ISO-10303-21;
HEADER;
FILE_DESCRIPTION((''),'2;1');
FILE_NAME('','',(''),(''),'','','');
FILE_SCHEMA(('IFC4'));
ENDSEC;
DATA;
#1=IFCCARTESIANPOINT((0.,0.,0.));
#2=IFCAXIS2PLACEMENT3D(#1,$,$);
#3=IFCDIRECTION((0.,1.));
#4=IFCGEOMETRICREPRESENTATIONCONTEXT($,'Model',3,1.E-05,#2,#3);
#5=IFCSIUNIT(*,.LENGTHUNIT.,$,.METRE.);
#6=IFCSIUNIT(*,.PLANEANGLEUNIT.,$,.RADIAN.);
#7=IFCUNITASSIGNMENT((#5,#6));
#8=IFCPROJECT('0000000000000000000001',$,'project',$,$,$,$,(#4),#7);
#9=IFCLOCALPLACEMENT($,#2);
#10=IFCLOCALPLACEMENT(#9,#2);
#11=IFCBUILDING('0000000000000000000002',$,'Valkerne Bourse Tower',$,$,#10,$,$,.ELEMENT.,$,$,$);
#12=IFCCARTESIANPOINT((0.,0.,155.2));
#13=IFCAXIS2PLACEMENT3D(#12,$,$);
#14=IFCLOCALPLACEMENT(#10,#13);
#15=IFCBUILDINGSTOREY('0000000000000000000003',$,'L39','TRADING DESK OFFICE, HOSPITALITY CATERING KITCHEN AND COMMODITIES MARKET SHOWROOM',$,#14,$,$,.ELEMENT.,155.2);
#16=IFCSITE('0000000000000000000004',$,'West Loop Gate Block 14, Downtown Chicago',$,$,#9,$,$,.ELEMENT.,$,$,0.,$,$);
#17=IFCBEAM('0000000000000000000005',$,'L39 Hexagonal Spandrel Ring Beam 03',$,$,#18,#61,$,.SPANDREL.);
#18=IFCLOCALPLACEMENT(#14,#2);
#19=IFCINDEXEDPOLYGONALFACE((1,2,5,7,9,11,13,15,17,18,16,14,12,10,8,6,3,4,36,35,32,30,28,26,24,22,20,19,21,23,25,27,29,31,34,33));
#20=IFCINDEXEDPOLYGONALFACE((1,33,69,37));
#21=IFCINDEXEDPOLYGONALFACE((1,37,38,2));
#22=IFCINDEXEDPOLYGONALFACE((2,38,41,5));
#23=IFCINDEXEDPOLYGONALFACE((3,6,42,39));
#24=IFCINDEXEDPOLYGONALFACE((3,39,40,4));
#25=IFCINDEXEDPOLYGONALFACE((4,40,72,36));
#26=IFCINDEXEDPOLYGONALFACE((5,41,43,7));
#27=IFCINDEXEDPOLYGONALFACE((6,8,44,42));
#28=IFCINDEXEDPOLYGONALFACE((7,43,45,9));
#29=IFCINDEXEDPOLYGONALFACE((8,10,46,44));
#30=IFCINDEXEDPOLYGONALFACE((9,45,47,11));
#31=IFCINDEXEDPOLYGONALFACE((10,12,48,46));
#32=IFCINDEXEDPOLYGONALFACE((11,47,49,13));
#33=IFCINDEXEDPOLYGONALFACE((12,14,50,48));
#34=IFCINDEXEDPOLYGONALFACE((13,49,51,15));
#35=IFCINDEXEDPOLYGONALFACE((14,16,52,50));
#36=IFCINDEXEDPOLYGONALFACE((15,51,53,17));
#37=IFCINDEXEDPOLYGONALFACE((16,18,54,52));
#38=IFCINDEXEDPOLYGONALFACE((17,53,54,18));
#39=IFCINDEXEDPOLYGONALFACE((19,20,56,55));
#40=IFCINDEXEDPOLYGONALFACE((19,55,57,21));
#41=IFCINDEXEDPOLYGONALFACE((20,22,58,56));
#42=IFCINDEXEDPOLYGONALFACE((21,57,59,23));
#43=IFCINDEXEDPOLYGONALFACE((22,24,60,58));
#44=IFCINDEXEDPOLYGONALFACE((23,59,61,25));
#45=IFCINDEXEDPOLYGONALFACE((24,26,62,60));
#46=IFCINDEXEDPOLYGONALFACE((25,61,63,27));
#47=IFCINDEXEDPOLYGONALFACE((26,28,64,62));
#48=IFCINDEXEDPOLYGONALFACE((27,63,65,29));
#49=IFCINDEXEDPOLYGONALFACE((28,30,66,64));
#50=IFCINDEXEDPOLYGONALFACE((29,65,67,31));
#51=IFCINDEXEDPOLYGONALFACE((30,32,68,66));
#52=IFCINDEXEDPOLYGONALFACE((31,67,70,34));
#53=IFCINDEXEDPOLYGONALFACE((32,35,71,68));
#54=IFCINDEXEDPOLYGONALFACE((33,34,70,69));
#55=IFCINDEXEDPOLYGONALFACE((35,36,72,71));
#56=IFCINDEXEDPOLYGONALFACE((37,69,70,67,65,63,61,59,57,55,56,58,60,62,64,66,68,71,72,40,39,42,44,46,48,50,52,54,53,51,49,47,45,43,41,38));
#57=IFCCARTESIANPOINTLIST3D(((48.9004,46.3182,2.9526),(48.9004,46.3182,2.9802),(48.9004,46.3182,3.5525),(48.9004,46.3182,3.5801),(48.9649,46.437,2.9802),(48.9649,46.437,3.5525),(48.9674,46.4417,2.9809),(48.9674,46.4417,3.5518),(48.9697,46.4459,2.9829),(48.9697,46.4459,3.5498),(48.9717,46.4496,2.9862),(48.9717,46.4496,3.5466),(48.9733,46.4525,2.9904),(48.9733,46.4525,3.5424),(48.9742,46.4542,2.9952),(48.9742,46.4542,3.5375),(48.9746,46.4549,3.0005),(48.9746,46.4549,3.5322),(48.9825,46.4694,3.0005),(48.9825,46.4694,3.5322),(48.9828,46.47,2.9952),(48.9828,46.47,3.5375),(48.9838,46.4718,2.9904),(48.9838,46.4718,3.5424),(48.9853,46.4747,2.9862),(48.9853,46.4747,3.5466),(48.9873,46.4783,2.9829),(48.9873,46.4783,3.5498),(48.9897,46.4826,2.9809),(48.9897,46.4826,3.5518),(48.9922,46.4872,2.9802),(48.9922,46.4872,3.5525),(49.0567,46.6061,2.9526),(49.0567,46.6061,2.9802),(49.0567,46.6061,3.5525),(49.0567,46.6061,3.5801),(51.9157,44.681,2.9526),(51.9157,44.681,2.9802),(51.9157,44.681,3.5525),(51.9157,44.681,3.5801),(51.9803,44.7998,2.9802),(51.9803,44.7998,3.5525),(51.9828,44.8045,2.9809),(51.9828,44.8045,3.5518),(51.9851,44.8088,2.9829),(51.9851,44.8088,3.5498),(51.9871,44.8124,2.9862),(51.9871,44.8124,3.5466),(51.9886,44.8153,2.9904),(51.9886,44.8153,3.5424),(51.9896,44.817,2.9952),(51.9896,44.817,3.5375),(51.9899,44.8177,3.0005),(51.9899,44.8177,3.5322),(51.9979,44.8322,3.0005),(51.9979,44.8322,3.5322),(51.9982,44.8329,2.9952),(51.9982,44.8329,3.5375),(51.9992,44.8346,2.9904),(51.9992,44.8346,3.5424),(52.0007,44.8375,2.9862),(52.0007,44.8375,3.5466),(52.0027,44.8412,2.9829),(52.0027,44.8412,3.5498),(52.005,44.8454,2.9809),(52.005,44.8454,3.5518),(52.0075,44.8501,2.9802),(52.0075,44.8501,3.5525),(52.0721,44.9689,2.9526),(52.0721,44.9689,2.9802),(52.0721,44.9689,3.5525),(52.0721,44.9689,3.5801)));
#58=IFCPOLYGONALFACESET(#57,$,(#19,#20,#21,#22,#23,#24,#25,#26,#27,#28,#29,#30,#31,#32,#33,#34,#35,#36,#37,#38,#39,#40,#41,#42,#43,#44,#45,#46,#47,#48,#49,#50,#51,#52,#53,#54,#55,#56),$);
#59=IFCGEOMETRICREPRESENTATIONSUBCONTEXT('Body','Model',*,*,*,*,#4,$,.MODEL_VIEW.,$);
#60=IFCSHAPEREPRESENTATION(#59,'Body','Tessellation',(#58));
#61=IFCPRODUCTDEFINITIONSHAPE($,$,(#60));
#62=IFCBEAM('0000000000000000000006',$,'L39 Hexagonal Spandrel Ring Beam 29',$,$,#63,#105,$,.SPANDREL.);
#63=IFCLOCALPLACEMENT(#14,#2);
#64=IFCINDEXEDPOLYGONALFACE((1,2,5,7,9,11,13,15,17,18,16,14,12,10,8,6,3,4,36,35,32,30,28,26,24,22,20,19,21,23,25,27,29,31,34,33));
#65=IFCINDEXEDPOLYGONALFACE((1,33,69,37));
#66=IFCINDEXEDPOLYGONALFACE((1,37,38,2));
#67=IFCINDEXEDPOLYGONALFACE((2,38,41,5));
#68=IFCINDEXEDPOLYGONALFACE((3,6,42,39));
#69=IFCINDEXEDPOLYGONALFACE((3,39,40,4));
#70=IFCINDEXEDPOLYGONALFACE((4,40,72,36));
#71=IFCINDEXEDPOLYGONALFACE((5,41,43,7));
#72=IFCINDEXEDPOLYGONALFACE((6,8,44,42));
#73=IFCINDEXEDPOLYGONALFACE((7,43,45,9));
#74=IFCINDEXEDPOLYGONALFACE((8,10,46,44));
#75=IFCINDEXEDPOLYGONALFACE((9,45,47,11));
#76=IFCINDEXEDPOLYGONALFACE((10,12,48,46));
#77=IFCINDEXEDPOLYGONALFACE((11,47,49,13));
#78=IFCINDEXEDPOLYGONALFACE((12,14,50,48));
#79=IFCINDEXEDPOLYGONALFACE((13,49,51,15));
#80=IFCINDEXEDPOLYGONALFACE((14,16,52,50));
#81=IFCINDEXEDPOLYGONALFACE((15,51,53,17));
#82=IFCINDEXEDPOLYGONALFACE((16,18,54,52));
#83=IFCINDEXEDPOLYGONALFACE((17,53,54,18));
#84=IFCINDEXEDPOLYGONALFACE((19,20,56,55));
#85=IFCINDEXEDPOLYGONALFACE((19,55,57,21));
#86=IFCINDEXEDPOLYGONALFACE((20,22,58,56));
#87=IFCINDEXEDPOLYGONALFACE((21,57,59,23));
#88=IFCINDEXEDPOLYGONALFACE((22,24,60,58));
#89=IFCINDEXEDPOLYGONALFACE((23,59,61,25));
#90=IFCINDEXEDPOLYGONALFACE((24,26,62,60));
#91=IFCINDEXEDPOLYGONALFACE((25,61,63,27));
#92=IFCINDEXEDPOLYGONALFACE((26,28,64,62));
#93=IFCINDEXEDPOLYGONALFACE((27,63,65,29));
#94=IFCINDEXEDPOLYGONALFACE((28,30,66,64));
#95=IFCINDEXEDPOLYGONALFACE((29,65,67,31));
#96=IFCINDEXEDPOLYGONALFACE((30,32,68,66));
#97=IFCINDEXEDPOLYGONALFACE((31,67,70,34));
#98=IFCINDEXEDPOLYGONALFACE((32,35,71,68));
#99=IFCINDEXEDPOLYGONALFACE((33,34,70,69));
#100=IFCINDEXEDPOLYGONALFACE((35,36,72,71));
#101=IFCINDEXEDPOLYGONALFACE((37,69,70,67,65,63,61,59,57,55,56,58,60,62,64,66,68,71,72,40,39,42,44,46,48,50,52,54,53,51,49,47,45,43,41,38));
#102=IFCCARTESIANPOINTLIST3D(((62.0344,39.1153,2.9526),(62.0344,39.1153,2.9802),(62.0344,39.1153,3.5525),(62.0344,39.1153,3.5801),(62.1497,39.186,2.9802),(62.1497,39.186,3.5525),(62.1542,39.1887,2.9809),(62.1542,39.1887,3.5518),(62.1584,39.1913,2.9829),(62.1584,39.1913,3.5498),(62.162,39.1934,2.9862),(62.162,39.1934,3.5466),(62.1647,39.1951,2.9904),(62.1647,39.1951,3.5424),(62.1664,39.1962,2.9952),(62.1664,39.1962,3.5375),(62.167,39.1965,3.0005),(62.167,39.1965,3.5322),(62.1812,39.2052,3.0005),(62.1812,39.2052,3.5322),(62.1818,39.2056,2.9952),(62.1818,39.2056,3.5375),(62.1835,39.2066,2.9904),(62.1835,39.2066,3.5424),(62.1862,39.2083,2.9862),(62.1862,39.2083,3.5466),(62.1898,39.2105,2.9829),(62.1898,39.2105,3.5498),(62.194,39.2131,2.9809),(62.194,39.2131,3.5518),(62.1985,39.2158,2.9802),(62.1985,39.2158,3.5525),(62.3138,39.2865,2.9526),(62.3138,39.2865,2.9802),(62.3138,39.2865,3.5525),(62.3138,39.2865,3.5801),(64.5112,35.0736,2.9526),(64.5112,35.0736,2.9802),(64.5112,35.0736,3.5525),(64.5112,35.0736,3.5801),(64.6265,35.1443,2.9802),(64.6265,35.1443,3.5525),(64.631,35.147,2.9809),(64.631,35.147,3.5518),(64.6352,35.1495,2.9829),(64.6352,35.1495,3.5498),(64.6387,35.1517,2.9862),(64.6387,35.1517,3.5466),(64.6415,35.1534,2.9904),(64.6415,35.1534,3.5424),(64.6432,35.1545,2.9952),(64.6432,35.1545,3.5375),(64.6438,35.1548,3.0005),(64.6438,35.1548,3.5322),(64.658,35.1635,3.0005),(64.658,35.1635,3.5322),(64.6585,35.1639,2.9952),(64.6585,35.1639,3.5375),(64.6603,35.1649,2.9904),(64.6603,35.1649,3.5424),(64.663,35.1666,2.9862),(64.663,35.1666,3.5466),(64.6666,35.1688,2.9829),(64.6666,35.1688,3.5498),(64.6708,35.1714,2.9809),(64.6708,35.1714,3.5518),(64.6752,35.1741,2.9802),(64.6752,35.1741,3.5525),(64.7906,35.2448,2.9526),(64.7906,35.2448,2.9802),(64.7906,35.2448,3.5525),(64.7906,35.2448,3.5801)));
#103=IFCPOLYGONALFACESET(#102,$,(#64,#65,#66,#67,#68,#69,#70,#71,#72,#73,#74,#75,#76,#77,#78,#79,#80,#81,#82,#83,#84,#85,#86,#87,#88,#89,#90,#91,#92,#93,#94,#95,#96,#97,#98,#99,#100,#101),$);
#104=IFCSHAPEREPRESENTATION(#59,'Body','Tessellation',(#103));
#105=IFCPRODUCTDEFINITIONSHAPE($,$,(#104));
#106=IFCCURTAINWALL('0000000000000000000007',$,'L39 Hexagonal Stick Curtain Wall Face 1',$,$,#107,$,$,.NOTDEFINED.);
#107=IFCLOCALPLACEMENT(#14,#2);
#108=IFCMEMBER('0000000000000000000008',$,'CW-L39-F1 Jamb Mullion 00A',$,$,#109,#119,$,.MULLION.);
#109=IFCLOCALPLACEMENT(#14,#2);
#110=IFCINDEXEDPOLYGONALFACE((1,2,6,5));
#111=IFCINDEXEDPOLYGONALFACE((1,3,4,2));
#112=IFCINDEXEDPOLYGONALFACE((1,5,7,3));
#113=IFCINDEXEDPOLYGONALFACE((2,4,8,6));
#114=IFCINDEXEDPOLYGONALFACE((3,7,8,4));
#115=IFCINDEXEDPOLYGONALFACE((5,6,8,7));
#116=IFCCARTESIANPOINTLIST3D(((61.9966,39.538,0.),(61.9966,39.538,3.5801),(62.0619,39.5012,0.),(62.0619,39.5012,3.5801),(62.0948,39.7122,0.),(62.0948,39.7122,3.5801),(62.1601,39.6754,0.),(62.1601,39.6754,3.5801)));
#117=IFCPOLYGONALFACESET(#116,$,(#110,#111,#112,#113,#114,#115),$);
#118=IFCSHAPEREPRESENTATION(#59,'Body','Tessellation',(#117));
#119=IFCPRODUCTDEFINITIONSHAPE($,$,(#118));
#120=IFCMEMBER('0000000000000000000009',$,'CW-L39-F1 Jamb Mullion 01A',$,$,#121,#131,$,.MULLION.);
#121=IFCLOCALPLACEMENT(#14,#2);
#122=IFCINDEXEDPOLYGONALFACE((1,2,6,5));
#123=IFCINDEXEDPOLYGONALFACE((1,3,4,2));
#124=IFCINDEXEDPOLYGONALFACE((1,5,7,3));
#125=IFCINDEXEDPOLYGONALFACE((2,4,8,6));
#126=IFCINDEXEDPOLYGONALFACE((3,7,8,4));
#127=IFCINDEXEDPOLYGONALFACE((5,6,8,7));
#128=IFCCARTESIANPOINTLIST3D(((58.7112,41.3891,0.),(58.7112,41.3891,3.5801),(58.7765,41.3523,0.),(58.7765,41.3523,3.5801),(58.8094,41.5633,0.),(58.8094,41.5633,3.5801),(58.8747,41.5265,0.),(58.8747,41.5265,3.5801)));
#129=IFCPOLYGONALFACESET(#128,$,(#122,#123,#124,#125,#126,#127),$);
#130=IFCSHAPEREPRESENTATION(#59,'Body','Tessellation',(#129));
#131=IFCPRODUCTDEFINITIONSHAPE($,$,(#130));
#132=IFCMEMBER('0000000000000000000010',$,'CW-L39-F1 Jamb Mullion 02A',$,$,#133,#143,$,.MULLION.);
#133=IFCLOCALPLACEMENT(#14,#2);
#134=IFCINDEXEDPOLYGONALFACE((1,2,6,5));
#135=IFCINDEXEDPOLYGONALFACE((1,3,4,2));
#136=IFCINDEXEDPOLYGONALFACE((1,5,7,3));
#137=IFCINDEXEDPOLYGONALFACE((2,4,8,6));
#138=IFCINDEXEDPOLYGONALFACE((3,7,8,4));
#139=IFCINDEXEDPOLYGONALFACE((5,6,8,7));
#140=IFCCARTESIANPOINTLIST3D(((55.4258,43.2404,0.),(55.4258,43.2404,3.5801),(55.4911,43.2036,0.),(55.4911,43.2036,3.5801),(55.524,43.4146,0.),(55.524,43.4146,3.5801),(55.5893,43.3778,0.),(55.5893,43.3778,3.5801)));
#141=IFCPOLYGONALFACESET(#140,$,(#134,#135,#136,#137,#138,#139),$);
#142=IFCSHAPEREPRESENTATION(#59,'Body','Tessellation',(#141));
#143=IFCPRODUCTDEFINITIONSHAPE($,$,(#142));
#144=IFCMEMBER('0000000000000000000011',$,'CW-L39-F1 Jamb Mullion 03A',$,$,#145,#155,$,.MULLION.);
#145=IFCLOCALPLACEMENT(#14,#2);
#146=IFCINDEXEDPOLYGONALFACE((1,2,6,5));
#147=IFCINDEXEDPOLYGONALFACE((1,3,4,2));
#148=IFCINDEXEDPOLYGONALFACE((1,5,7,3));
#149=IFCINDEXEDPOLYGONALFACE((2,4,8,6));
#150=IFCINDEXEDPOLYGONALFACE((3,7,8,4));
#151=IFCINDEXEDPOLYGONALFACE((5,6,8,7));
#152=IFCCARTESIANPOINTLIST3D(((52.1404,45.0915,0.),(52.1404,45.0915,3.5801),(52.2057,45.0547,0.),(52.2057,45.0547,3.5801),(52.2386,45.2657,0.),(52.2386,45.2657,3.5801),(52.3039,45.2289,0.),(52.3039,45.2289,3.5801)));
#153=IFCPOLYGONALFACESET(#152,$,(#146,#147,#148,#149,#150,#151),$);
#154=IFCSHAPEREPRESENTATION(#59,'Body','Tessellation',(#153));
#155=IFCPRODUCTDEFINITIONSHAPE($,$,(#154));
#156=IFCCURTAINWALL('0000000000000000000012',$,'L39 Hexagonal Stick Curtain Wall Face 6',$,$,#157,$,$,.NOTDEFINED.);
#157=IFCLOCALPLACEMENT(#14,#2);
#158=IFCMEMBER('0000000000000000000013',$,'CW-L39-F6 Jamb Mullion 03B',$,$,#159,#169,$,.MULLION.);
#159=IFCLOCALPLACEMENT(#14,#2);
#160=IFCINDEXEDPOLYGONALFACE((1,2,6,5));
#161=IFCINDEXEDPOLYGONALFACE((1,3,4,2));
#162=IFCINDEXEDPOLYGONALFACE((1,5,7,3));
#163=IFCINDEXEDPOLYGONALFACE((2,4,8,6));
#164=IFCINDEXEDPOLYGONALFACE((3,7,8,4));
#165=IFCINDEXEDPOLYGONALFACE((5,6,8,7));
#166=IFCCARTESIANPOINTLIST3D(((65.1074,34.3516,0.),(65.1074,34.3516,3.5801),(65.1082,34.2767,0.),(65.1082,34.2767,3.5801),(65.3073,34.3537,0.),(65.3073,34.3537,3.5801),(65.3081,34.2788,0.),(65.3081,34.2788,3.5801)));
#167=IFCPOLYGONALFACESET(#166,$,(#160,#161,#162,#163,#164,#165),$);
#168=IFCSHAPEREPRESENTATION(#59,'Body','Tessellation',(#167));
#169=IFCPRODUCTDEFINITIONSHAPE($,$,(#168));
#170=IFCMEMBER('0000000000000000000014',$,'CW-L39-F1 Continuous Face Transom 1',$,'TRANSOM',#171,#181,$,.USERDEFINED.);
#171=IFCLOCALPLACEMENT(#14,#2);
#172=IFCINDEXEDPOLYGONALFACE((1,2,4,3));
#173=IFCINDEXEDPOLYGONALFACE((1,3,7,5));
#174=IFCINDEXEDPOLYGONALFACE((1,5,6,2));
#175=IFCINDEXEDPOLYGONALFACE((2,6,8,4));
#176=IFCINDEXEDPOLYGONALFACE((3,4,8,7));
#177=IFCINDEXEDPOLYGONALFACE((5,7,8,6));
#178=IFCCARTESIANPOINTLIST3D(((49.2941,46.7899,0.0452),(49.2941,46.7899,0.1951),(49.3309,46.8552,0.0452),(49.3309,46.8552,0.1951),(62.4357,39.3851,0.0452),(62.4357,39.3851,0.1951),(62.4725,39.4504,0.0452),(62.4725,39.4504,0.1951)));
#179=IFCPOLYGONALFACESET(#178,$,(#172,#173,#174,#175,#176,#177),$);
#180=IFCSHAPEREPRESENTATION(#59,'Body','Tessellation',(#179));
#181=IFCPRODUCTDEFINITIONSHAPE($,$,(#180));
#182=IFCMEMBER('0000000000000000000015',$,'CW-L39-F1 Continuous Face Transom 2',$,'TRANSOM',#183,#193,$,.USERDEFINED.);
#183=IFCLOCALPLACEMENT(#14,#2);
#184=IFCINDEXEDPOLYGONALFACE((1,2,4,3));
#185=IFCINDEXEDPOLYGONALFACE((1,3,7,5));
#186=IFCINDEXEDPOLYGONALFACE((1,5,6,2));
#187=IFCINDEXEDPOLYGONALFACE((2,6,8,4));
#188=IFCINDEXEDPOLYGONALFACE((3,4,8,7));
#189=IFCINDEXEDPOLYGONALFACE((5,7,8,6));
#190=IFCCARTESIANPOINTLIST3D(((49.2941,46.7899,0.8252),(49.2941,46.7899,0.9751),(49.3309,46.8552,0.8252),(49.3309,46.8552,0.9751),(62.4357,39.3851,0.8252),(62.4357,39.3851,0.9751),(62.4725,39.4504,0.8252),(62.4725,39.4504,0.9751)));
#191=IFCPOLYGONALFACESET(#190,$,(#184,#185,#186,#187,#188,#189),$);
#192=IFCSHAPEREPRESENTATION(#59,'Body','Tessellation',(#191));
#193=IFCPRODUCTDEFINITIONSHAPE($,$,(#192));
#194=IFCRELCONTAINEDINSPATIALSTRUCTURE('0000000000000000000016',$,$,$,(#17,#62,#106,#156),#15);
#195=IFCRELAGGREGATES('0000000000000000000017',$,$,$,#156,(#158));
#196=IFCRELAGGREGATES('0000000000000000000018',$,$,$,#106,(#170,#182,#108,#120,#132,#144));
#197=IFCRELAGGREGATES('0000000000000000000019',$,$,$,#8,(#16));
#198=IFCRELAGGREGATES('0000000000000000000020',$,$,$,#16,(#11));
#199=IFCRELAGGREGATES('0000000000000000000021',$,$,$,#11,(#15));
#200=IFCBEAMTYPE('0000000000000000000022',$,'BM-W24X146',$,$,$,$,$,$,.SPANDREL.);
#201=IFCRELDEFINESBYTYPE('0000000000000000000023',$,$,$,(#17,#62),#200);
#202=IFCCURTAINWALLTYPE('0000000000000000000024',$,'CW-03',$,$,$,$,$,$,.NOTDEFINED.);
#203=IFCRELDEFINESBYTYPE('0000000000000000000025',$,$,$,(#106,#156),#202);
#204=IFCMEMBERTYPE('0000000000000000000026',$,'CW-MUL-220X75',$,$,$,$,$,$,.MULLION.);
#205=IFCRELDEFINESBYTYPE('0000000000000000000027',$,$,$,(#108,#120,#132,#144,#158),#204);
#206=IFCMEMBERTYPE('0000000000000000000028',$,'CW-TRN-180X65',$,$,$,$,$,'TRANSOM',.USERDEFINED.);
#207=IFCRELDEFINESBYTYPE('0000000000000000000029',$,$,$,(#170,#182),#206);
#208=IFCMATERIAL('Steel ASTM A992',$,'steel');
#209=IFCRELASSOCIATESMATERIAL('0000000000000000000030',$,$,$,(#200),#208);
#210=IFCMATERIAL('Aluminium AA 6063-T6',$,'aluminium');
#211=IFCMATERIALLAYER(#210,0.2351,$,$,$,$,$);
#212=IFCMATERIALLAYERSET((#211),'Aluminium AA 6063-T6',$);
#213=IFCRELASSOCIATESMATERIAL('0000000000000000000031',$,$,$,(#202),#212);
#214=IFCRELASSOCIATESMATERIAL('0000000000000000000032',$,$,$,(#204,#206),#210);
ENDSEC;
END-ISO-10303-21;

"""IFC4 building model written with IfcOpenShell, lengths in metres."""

from ifc_helpers import new_model, si_unit, direction, frame, origin, origin_2d, place, context, subcontext, project, spatial, rectangle, i_section, extrude, material, layer, layer_set, material_profile, profile_set, type_object, element, aggregate, save


model = new_model("IFC4")

# Units and contexts
model_context = context("Model", 3, precision=1e-05, world=origin(), true_north=direction((0.0, 1.0)))
body_context = subcontext(model_context, "Body", "Model", "MODEL_VIEW")
ifc_project = project(units=[si_unit("LENGTHUNIT", "METRE"), si_unit("PLANEANGLEUNIT", "RADIAN")], contexts=[model_context])

# Site, building, storey
site_placement = place(None, origin())
site = spatial("IfcSite", under=ifc_project, at=site_placement, Name="West Loop Gate Block 14, Downtown Chicago", CompositionType="ELEMENT", RefElevation=0.0)
building_placement = place(site_placement, origin())
building = spatial("IfcBuilding", under=site, at=building_placement, Name="Valkerne Bourse Tower", CompositionType="ELEMENT")
storey_placement = place(building_placement, frame((0.0, 0.0, 155.2)))
storey = spatial("IfcBuildingStorey", under=building, at=storey_placement, Name="L39", Description="TRADING DESK OFFICE, HOSPITALITY CATERING KITCHEN AND COMMODITIES MARKET SHOWROOM", CompositionType="ELEMENT", Elevation=155.2)

# Beams
ifc_material_1 = material(Name="Steel ASTM A992", Category="steel")
ifc_material_profile_1 = material_profile(ifc_material_1, i_section(OverallWidth=0.3276, OverallDepth=0.6274, WebThickness=0.0166, FlangeThickness=0.0276, FilletRadius=0.0203, at=origin_2d()), Name="W24X146")
ifc_profile_set_1 = profile_set([ifc_material_profile_1], Name="Steel ASTM A992")
beam_type = type_object("IfcBeamType", Name="BM-W24X146", PredefinedType="SPANDREL", material=ifc_profile_set_1)
for number, where, z_axis, x_axis, name in (
    (1, (51.9939, 44.825, 3.2664), (-0.878818, 0.477156, 0.0), (-0.477156, -0.878818, 0.0), "L39 Hexagonal Spandrel Ring Beam 03"),
):
    element("IfcBeam", number, at=place(storey_placement, frame(where, z_axis=z_axis, x_axis=x_axis)), inside=storey, type_object=beam_type, Name=name, PredefinedType="SPANDREL", context=body_context, shape_type="SweptSolid", body=[
        extrude(i_section(OverallWidth=0.3276, OverallDepth=0.6274, WebThickness=0.0166, FlangeThickness=0.0276, FilletRadius=0.0203, at=origin_2d()), origin(), (0.0, 0.0, 1.0), 3.4312),
    ])
beam_placement = place(storey_placement, frame((64.6509, 35.1592, 3.2664), z_axis=(-0.522502, 0.852638, 0.0), x_axis=(-0.852638, -0.522502, 0.0)))
element("IfcBeam", 2, at=beam_placement, inside=storey, type_object=beam_type, Name="L39 Hexagonal Spandrel Ring Beam 29", PredefinedType="SPANDREL", context=body_context, shape_type="SweptSolid", body=[
    extrude(i_section(OverallWidth=0.3276, OverallDepth=0.6274, WebThickness=0.0166, FlangeThickness=0.0276, FilletRadius=0.0203, at=origin_2d()), origin(), (0.0, 0.0, 1.0), 4.7402),
])

# Curtain wall, members
ifc_material_2 = material(Name="Aluminium AA 6063-T6", Category="aluminium")
ifc_layer_1 = layer(ifc_material_2, 0.2351)
ifc_layer_set_1 = layer_set([ifc_layer_1], Name="Aluminium AA 6063-T6")
curtain_wall_type = type_object("IfcCurtainWallType", Name="CW-03", PredefinedType="NOTDEFINED", material=ifc_layer_set_1)
curtain_wall_1_placement = place(storey_placement, origin())
curtain_wall_1 = element("IfcCurtainWall", 3, at=curtain_wall_1_placement, inside=storey, type_object=curtain_wall_type, Name="L39 Hexagonal Stick Curtain Wall Face 1", PredefinedType="NOTDEFINED")
ifc_material_profile_2 = material_profile(ifc_material_2, rectangle(XDim=0.075, YDim=0.2, at=origin_2d()), Name="CWM-75X200")
ifc_profile_set_2 = profile_set([ifc_material_profile_2], Name="Aluminium AA 6063-T6")
member_type_1 = type_object("IfcMemberType", Name="CW-MUL-220X75", PredefinedType="MULLION", material=ifc_profile_set_2)
member_1_placement = place(storey_placement, frame((62.0784, 39.6067, 0.0), z_axis=(0.0, 0.0, 1.0), x_axis=(-0.871217, 0.490898, 0.0)))
member_1 = element("IfcMember", 4, at=member_1_placement, type_object=member_type_1, Name="CW-L39-F1 Jamb Mullion 00A", PredefinedType="MULLION", context=body_context, shape_type="SweptSolid", body=[
    extrude(rectangle(XDim=0.075, YDim=0.2, at=origin_2d()), origin(), (0.0, 0.0, 1.0), 3.5801),
])
member_2_placement = place(storey_placement, frame((58.793, 41.4578, 0.0), z_axis=(0.0, 0.0, 1.0), x_axis=(-0.871211, 0.49091, 0.0)))
member_2 = element("IfcMember", 5, at=member_2_placement, type_object=member_type_1, Name="CW-L39-F1 Jamb Mullion 01A", PredefinedType="MULLION", context=body_context, shape_type="SweptSolid", body=[
    extrude(rectangle(XDim=0.075, YDim=0.2, at=origin_2d()), origin(), (0.0, 0.0, 1.0), 3.5801),
])
member_3_placement = place(storey_placement, frame((55.5076, 43.3091, 0.0), z_axis=(0.0, 0.0, 1.0), x_axis=(-0.871217, 0.490898, 0.0)))
member_3 = element("IfcMember", 6, at=member_3_placement, type_object=member_type_1, Name="CW-L39-F1 Jamb Mullion 02A", PredefinedType="MULLION", context=body_context, shape_type="SweptSolid", body=[
    extrude(rectangle(XDim=0.075, YDim=0.2, at=origin_2d()), origin(), (0.0, 0.0, 1.0), 3.5801),
])
member_4_placement = place(storey_placement, frame((52.2222, 45.1602, 0.0), z_axis=(0.0, 0.0, 1.0), x_axis=(-0.871211, 0.49091, 0.0)))
member_4 = element("IfcMember", 7, at=member_4_placement, type_object=member_type_1, Name="CW-L39-F1 Jamb Mullion 03A", PredefinedType="MULLION", context=body_context, shape_type="SweptSolid", body=[
    extrude(rectangle(XDim=0.075, YDim=0.2, at=origin_2d()), origin(), (0.0, 0.0, 1.0), 3.5801),
])

# Curtain wall, member
curtain_wall_2_placement = place(storey_placement, origin())
curtain_wall_2 = element("IfcCurtainWall", 8, at=curtain_wall_2_placement, inside=storey, type_object=curtain_wall_type, Name="L39 Hexagonal Stick Curtain Wall Face 6", PredefinedType="NOTDEFINED")
member_5_placement = place(storey_placement, frame((65.2078, 34.3152, 0.0), z_axis=(0.0, 0.0, 1.0), x_axis=(-0.010448, 0.999945, 0.0)))
member_5 = element("IfcMember", 9, at=member_5_placement, type_object=member_type_1, Name="CW-L39-F6 Jamb Mullion 03B", PredefinedType="MULLION", context=body_context, shape_type="SweptSolid", body=[
    extrude(rectangle(XDim=0.075, YDim=0.2, at=origin_2d()), origin(), (0.0, 0.0, 1.0), 3.5801),
])
aggregate(curtain_wall_2, [member_5])

# Members
ifc_material_profile_3 = material_profile(ifc_material_2, rectangle(XDim=0.075, YDim=0.1499, at=origin_2d()), Name="CWT-75X150")
ifc_profile_set_3 = profile_set([ifc_material_profile_3], Name="Aluminium AA 6063-T6")
member_type_2 = type_object("IfcMemberType", Name="CW-TRN-180X65", ElementType="TRANSOM", PredefinedType="USERDEFINED", material=ifc_profile_set_3)
member_6_placement = place(storey_placement, frame((62.4541, 39.4177, 0.1201), z_axis=(-0.871217, 0.490897, 0.0), x_axis=(-0.490897, -0.871217, 0.0)))
member_6 = element("IfcMember", 10, at=member_6_placement, type_object=member_type_2, Name="CW-L39-F1 Continuous Face Transom 1", ObjectType="TRANSOM", PredefinedType="USERDEFINED", context=body_context, shape_type="SweptSolid", body=[
    extrude(rectangle(XDim=0.075, YDim=0.1499, at=origin_2d()), origin(), (0.0, 0.0, 1.0), 15.0842),
])
member_7_placement = place(storey_placement, frame((62.4541, 39.4177, 0.9001), z_axis=(-0.871217, 0.490897, 0.0), x_axis=(-0.490897, -0.871217, 0.0)))
member_7 = element("IfcMember", 11, at=member_7_placement, type_object=member_type_2, Name="CW-L39-F1 Continuous Face Transom 2", ObjectType="TRANSOM", PredefinedType="USERDEFINED", context=body_context, shape_type="SweptSolid", body=[
    extrude(rectangle(XDim=0.075, YDim=0.1499, at=origin_2d()), origin(), (0.0, 0.0, 1.0), 15.0842),
])

aggregate(curtain_wall_1, [member_6, member_7, member_1, member_2, member_3, member_4])

save(model, "model.ifc")
